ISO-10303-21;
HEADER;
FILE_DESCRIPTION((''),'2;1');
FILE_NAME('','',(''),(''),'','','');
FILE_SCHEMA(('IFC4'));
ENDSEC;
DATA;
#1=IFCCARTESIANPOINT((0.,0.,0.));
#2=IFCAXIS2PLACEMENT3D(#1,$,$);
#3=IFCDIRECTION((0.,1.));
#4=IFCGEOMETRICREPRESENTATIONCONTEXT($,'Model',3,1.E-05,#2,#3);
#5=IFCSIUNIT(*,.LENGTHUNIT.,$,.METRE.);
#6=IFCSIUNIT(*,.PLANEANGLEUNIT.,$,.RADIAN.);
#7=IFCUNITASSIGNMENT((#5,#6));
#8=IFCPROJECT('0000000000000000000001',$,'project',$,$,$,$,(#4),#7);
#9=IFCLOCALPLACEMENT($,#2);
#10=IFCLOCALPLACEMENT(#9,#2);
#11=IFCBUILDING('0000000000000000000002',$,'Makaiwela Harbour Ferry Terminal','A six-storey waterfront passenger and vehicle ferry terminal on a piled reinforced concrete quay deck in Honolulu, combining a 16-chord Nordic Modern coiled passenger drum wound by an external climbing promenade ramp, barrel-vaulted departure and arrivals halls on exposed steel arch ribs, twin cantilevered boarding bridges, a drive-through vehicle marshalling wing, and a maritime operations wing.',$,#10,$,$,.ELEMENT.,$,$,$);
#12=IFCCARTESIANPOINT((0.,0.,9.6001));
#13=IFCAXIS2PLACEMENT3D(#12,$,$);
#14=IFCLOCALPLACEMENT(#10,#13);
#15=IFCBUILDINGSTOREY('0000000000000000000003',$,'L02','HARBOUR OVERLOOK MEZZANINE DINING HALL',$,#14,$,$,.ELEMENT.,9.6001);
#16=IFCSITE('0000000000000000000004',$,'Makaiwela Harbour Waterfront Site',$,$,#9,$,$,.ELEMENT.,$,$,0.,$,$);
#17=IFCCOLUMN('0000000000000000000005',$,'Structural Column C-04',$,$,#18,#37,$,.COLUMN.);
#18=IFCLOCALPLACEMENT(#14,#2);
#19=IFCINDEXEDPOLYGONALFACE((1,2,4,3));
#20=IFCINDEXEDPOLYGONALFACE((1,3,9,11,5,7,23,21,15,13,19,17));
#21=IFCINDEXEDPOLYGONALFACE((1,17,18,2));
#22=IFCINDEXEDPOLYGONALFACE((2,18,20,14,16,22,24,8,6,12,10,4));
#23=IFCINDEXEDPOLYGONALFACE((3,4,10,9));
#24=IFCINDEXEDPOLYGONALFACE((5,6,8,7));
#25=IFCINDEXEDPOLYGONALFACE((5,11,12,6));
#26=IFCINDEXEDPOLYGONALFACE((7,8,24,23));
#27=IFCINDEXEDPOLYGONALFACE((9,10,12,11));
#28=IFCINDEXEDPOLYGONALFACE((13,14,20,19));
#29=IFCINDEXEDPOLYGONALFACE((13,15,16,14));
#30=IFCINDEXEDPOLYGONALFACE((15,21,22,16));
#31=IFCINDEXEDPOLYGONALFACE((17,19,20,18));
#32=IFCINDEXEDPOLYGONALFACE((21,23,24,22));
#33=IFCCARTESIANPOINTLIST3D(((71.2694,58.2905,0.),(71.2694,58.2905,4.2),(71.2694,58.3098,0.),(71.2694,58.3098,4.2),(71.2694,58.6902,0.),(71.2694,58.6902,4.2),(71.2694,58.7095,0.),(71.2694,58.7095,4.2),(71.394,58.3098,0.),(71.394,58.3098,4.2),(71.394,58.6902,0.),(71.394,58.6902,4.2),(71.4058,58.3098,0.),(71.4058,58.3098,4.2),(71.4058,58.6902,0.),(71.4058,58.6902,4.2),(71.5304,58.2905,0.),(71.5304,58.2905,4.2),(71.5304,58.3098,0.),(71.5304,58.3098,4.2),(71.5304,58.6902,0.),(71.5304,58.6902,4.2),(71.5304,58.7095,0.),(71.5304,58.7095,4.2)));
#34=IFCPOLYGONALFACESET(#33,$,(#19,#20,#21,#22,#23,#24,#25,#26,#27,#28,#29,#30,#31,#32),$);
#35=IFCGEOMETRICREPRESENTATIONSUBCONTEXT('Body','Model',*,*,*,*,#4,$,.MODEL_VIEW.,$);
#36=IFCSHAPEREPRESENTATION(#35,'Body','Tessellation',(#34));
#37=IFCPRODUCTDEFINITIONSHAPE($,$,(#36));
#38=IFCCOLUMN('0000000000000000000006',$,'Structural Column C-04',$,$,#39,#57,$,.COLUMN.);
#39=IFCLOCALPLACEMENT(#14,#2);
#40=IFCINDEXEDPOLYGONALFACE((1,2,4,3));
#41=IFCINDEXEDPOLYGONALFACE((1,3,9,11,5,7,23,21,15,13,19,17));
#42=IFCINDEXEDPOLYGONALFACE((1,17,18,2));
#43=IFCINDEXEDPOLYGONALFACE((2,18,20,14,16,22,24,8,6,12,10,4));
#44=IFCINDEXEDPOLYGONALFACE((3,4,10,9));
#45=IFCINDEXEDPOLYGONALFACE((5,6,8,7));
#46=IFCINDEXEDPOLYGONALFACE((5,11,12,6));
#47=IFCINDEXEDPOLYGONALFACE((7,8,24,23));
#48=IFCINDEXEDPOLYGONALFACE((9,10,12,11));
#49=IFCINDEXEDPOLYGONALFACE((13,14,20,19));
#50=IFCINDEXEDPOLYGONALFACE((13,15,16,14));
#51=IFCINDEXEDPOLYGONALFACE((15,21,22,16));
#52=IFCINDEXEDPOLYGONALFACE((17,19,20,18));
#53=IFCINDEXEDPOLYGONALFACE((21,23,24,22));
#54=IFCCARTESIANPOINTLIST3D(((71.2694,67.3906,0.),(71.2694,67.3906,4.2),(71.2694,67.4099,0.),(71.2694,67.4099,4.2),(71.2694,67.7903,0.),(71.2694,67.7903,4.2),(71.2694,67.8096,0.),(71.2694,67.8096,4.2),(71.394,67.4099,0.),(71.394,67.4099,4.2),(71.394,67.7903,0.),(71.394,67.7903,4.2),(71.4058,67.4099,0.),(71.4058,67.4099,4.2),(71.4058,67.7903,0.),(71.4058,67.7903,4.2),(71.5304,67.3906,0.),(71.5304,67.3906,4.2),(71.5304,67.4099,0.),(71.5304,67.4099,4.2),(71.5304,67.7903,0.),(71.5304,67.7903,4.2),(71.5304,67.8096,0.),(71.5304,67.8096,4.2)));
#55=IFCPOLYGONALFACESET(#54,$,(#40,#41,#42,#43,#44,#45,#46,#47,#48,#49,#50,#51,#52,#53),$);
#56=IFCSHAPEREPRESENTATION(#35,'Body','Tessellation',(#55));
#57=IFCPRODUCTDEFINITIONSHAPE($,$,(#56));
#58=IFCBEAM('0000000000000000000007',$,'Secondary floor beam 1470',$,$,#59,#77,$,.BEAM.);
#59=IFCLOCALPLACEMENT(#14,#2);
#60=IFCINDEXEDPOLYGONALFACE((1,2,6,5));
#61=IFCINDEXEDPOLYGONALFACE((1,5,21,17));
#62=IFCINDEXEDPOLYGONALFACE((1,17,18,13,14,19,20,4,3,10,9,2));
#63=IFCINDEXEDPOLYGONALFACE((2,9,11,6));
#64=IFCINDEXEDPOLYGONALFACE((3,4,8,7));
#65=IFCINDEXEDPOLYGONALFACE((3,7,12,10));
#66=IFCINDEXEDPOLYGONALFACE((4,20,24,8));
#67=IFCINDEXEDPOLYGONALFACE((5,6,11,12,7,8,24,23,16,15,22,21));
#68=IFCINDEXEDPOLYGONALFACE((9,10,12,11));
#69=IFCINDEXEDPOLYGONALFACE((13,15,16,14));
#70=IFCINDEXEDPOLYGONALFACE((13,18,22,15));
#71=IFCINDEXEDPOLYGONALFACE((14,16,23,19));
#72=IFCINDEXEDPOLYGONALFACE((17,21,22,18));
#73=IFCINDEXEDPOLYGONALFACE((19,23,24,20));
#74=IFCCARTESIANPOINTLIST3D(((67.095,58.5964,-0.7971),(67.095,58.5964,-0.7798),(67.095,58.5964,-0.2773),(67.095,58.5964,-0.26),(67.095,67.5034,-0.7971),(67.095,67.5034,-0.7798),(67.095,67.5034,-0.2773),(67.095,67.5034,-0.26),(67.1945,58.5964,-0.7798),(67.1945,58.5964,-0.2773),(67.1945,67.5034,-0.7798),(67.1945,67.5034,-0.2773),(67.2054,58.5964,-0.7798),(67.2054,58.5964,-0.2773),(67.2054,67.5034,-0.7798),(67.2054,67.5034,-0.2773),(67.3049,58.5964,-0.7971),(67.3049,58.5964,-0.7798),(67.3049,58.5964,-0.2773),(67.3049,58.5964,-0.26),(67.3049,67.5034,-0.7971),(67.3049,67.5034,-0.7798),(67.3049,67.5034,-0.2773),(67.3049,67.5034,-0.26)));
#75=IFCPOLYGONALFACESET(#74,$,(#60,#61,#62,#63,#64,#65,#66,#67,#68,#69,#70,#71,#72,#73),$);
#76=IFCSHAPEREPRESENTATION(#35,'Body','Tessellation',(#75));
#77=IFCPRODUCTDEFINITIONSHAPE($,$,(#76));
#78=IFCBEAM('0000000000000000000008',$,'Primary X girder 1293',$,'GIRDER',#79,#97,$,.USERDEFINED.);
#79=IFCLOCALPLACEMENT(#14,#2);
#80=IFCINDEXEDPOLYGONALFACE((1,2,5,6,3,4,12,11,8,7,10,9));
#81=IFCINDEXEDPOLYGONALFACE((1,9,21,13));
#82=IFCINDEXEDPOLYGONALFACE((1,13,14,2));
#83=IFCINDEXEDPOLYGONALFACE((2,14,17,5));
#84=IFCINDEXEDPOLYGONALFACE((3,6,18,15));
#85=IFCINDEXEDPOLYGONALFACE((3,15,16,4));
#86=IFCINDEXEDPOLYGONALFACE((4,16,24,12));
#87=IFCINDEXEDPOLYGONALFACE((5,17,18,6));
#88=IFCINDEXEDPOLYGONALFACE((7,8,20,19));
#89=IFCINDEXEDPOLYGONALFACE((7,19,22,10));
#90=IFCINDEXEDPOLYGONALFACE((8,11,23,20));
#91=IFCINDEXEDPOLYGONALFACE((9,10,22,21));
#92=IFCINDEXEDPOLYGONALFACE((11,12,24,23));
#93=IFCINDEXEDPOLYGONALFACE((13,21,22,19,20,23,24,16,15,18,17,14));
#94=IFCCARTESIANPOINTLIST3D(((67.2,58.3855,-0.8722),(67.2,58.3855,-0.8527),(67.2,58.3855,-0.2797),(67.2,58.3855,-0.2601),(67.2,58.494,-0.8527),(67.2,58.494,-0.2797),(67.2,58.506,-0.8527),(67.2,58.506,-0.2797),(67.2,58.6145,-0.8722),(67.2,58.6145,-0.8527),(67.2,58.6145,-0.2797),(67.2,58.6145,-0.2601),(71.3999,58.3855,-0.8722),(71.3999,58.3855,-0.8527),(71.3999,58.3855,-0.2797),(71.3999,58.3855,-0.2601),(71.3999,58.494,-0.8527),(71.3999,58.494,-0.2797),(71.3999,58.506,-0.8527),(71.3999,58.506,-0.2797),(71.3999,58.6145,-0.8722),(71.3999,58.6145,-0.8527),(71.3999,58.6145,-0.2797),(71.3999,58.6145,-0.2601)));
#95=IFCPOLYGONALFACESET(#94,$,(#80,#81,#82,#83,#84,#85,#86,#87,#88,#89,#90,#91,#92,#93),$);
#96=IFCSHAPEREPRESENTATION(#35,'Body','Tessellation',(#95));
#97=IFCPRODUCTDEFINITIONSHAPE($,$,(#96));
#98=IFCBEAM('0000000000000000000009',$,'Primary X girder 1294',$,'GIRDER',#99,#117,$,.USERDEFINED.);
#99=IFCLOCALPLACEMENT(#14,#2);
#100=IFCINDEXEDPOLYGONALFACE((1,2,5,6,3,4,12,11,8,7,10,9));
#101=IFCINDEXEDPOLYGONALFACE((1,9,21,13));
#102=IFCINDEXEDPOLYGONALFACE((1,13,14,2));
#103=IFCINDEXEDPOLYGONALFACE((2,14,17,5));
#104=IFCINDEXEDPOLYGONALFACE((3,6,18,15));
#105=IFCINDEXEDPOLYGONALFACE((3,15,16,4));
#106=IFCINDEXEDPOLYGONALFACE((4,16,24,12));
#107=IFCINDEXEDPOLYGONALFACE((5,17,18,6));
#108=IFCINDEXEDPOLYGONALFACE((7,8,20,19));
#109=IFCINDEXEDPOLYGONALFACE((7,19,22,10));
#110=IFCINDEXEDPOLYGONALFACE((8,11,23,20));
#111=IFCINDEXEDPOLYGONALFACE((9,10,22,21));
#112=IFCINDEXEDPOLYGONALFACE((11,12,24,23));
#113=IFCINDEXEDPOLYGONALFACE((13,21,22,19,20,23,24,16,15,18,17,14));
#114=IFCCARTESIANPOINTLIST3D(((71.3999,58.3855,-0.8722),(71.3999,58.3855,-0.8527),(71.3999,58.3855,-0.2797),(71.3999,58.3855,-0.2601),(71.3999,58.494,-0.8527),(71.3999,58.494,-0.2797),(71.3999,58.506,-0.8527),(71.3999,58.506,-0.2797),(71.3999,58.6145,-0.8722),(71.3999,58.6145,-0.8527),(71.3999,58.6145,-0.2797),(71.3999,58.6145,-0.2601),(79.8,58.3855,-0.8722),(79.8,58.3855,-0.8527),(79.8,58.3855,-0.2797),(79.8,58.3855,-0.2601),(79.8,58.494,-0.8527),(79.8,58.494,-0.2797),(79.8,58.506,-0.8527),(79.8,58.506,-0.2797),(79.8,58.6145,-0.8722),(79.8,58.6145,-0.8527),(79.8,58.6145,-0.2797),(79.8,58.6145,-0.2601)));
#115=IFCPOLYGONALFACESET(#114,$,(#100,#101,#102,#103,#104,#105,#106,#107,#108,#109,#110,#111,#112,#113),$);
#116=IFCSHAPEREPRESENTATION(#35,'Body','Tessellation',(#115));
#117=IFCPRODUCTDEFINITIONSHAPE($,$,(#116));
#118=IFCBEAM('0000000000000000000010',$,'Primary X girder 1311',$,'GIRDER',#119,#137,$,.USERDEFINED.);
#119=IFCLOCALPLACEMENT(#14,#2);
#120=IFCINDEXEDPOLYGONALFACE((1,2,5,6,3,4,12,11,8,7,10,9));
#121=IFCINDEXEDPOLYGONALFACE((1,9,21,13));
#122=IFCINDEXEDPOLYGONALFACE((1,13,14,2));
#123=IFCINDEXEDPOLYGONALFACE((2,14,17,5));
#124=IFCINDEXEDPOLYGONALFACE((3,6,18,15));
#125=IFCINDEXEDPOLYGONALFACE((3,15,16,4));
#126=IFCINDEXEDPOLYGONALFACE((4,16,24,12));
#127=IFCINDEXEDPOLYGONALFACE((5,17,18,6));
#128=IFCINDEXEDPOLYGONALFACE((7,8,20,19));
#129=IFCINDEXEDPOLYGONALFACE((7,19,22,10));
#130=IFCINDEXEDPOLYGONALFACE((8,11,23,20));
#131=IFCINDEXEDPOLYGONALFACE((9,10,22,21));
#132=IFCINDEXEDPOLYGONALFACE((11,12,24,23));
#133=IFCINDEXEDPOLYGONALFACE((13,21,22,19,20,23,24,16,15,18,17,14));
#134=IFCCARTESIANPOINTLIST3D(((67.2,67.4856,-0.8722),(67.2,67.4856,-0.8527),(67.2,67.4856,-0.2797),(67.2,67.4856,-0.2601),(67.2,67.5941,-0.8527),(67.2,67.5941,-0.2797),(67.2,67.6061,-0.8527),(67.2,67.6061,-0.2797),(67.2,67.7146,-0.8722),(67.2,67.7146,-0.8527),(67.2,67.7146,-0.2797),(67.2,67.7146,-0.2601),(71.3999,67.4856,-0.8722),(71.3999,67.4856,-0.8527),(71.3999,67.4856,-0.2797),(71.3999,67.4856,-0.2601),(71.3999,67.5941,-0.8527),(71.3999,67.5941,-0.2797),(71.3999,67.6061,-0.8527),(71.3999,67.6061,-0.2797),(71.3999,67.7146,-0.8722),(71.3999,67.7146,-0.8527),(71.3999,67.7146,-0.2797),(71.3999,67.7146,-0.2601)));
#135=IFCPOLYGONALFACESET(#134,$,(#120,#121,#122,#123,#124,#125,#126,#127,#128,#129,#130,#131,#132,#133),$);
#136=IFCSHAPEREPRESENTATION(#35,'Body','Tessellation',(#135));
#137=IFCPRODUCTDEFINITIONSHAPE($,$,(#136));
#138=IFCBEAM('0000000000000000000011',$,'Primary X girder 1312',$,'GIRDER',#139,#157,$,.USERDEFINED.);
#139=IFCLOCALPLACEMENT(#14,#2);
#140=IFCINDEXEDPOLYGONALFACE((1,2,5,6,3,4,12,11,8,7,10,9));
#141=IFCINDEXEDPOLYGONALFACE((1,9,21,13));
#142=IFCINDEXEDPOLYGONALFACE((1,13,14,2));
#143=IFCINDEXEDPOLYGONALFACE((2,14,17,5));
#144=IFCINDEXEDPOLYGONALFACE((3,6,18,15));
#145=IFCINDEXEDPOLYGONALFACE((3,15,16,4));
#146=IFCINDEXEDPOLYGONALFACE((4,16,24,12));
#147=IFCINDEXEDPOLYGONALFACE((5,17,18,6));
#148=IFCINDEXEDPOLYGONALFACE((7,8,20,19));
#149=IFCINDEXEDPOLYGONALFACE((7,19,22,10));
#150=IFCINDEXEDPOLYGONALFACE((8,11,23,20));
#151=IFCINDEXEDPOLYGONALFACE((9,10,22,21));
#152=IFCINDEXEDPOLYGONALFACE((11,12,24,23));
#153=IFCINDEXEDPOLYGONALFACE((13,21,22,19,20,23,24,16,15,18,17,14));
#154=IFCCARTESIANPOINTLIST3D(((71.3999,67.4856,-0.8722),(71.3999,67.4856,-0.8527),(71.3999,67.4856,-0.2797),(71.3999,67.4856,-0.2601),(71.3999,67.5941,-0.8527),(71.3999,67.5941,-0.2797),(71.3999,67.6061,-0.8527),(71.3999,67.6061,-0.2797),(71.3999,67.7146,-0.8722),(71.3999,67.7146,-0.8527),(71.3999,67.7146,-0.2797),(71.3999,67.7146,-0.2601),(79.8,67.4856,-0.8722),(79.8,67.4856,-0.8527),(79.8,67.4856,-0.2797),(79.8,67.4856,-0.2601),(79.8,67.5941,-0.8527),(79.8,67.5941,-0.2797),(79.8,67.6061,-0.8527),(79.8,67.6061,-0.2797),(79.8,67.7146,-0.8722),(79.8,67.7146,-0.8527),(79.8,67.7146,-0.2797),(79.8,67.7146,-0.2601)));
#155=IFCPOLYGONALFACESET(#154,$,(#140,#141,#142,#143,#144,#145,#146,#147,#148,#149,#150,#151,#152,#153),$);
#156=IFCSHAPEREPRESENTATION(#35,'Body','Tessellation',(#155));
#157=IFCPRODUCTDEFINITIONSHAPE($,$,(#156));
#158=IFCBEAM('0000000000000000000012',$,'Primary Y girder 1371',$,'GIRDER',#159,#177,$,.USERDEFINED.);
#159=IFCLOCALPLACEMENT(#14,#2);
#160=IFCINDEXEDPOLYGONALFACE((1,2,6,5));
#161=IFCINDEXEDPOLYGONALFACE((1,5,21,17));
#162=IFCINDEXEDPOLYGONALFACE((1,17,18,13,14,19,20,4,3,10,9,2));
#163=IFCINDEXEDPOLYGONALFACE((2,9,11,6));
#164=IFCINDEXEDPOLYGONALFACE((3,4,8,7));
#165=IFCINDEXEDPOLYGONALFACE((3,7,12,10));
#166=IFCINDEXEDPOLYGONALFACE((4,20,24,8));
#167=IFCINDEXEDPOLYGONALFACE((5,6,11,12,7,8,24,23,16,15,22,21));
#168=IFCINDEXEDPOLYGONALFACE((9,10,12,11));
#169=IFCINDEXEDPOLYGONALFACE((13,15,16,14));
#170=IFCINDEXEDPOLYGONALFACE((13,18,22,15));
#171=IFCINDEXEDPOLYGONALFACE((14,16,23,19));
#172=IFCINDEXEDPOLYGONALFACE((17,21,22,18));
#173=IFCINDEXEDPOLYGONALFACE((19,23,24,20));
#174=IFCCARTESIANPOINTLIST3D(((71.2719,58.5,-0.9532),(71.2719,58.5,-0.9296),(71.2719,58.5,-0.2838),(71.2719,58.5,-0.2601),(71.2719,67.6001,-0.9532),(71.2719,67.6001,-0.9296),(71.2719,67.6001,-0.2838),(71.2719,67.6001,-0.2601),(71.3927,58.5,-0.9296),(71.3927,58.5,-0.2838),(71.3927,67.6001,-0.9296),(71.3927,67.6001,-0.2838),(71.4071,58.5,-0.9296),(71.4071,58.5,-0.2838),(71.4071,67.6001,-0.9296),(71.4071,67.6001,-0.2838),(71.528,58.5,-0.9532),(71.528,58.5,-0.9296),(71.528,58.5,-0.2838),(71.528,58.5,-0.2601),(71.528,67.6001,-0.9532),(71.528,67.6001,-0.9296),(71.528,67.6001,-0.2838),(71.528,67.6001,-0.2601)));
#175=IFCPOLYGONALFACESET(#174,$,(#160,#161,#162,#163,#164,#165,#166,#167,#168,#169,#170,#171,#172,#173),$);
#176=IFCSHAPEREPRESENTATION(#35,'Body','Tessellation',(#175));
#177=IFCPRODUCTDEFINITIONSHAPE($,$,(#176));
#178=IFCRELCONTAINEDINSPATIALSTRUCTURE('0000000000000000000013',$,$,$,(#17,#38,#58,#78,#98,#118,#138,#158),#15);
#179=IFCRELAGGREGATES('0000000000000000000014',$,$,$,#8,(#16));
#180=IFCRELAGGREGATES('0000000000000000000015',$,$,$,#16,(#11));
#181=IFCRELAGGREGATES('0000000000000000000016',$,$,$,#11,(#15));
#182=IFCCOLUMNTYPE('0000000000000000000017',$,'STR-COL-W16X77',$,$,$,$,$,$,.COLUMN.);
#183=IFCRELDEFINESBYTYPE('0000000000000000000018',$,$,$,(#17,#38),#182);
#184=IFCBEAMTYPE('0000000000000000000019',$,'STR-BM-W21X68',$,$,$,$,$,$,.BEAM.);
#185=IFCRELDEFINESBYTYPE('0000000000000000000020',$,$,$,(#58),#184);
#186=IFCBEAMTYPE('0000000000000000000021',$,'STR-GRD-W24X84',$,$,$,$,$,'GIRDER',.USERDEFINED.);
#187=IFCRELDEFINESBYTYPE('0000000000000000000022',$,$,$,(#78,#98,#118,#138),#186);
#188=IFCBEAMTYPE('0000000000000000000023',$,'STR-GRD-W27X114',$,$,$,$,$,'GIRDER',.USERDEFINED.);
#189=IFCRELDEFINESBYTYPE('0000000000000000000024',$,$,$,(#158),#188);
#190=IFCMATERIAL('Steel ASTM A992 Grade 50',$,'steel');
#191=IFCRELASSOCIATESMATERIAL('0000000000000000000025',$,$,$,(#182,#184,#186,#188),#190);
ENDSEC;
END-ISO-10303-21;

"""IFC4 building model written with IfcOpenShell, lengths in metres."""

from ifc_helpers import new_model, si_unit, direction, frame, origin, origin_2d, place, context, subcontext, project, spatial, i_section, extrude, material, material_profile, profile_set, type_object, element, save


model = new_model("IFC4")

# Units and contexts
model_context = context("Model", 3, precision=1e-05, world=origin(), true_north=direction((0.0, 1.0)))
body_context = subcontext(model_context, "Body", "Model", "MODEL_VIEW")
ifc_project = project(units=[si_unit("LENGTHUNIT", "METRE"), si_unit("PLANEANGLEUNIT", "RADIAN")], contexts=[model_context])

# Site, building, storey
site_placement = place(None, origin())
site = spatial("IfcSite", under=ifc_project, at=site_placement, Name="Makaiwela Harbour Waterfront Site", CompositionType="ELEMENT", RefElevation=0.0)
building_placement = place(site_placement, origin())
building = spatial("IfcBuilding", under=site, at=building_placement, Name="Makaiwela Harbour Ferry Terminal", Description="A six-storey waterfront passenger and vehicle ferry terminal on a piled reinforced concrete quay deck in Honolulu, combining a 16-chord Nordic Modern coiled passenger drum wound by an external climbing promenade ramp, barrel-vaulted departure and arrivals halls on exposed steel arch ribs, twin cantilevered boarding bridges, a drive-through vehicle marshalling wing, and a maritime operations wing.", CompositionType="ELEMENT")
storey_placement = place(building_placement, frame((0.0, 0.0, 9.6001)))
storey = spatial("IfcBuildingStorey", under=building, at=storey_placement, Name="L02", Description="HARBOUR OVERLOOK MEZZANINE DINING HALL", CompositionType="ELEMENT", Elevation=9.6001)

# Columns
ifc_material_1 = material(Name="Steel ASTM A992 Grade 50", Category="steel")
ifc_material_profile_1 = material_profile(ifc_material_1, i_section(OverallWidth=0.261, OverallDepth=0.4189, WebThickness=0.0117, FlangeThickness=0.0193, at=origin_2d()), Name="W16X77")
ifc_profile_set_1 = profile_set([ifc_material_profile_1], Name="Steel ASTM A992 Grade 50")
column_type = type_object("IfcColumnType", Name="STR-COL-W16X77", PredefinedType="COLUMN", material=ifc_profile_set_1)
for number, where, z_axis, x_axis, name in (
    (1, (71.3999, 58.5, 0.0), (0.0, 0.0, 1.0), (1.0, 0.0, 0.0), "Structural Column C-04"),
    (2, (71.3999, 67.6001, 0.0), (0.0, 0.0, 1.0), (1.0, 0.0, 0.0), "Structural Column C-04"),
):
    element("IfcColumn", number, at=place(storey_placement, frame(where, z_axis=z_axis, x_axis=x_axis)), inside=storey, type_object=column_type, Name=name, PredefinedType="COLUMN", context=body_context, shape_type="SweptSolid", body=[
        extrude(i_section(OverallWidth=0.261, OverallDepth=0.4189, WebThickness=0.0117, FlangeThickness=0.0193, at=origin_2d()), origin(), (0.0, 0.0, 1.0), 4.2),
    ])

# Beams
ifc_material_profile_2 = material_profile(ifc_material_1, i_section(OverallWidth=0.21, OverallDepth=0.5371, WebThickness=0.011, FlangeThickness=0.0173, at=origin_2d()), Name="W21X68")
ifc_profile_set_2 = profile_set([ifc_material_profile_2], Name="Steel ASTM A992 Grade 50")
beam_type_1 = type_object("IfcBeamType", Name="STR-BM-W21X68", PredefinedType="BEAM", material=ifc_profile_set_2)
beam_1_placement = place(storey_placement, frame((67.2, 58.5964, -0.5286), z_axis=(0.0, 1.0, 0.0), x_axis=(-1.0, 0.0, 0.0)))
element("IfcBeam", 3, at=beam_1_placement, inside=storey, type_object=beam_type_1, Name="Secondary floor beam 1470", PredefinedType="BEAM", context=body_context, shape_type="SweptSolid", body=[
    extrude(i_section(OverallWidth=0.21, OverallDepth=0.5371, WebThickness=0.011, FlangeThickness=0.0173, at=origin_2d()), origin(), (0.0, 0.0, 1.0), 8.907),
])
ifc_material_profile_3 = material_profile(ifc_material_1, i_section(OverallWidth=0.229, OverallDepth=0.6121, WebThickness=0.012, FlangeThickness=0.0195, at=origin_2d()), Name="W24X84")
ifc_profile_set_3 = profile_set([ifc_material_profile_3], Name="Steel ASTM A992 Grade 50")
beam_type_2 = type_object("IfcBeamType", Name="STR-GRD-W24X84", ElementType="GIRDER", PredefinedType="USERDEFINED", material=ifc_profile_set_3)
beam_2_placement = place(storey_placement, frame((67.2, 58.5, -0.5662), z_axis=(1.0, 0.0, 0.0), x_axis=(0.0, 1.0, 0.0)))
element("IfcBeam", 4, at=beam_2_placement, inside=storey, type_object=beam_type_2, Name="Primary X girder 1293", ObjectType="GIRDER", PredefinedType="USERDEFINED", context=body_context, shape_type="SweptSolid", body=[
    extrude(i_section(OverallWidth=0.229, OverallDepth=0.6121, WebThickness=0.012, FlangeThickness=0.0195, at=origin_2d()), origin(), (0.0, 0.0, 1.0), 4.2),
])
beam_3_placement = place(storey_placement, frame((71.3999, 58.5, -0.5662), z_axis=(1.0, 0.0, 0.0), x_axis=(0.0, 1.0, 0.0)))
element("IfcBeam", 5, at=beam_3_placement, inside=storey, type_object=beam_type_2, Name="Primary X girder 1294", ObjectType="GIRDER", PredefinedType="USERDEFINED", context=body_context, shape_type="SweptSolid", body=[
    extrude(i_section(OverallWidth=0.229, OverallDepth=0.6121, WebThickness=0.012, FlangeThickness=0.0195, at=origin_2d()), origin(), (0.0, 0.0, 1.0), 8.4001),
])
beam_4_placement = place(storey_placement, frame((67.2, 67.6001, -0.5662), z_axis=(1.0, 0.0, 0.0), x_axis=(0.0, 1.0, 0.0)))
element("IfcBeam", 6, at=beam_4_placement, inside=storey, type_object=beam_type_2, Name="Primary X girder 1311", ObjectType="GIRDER", PredefinedType="USERDEFINED", context=body_context, shape_type="SweptSolid", body=[
    extrude(i_section(OverallWidth=0.229, OverallDepth=0.6121, WebThickness=0.012, FlangeThickness=0.0195, at=origin_2d()), origin(), (0.0, 0.0, 1.0), 4.2),
])
beam_5_placement = place(storey_placement, frame((71.3999, 67.6001, -0.5662), z_axis=(1.0, 0.0, 0.0), x_axis=(0.0, 1.0, 0.0)))
element("IfcBeam", 7, at=beam_5_placement, inside=storey, type_object=beam_type_2, Name="Primary X girder 1312", ObjectType="GIRDER", PredefinedType="USERDEFINED", context=body_context, shape_type="SweptSolid", body=[
    extrude(i_section(OverallWidth=0.229, OverallDepth=0.6121, WebThickness=0.012, FlangeThickness=0.0195, at=origin_2d()), origin(), (0.0, 0.0, 1.0), 8.4001),
])
ifc_material_profile_4 = material_profile(ifc_material_1, i_section(OverallWidth=0.2561, OverallDepth=0.6931, WebThickness=0.0144, FlangeThickness=0.0237, at=origin_2d()), Name="W27X114")
ifc_profile_set_4 = profile_set([ifc_material_profile_4], Name="Steel ASTM A992 Grade 50")
beam_type_3 = type_object("IfcBeamType", Name="STR-GRD-W27X114", ElementType="GIRDER", PredefinedType="USERDEFINED", material=ifc_profile_set_4)
beam_6_placement = place(storey_placement, frame((71.3999, 58.5, -0.6067), z_axis=(0.0, 1.0, 0.0), x_axis=(-1.0, 0.0, 0.0)))
element("IfcBeam", 8, at=beam_6_placement, inside=storey, type_object=beam_type_3, Name="Primary Y girder 1371", ObjectType="GIRDER", PredefinedType="USERDEFINED", context=body_context, shape_type="SweptSolid", body=[
    extrude(i_section(OverallWidth=0.2561, OverallDepth=0.6931, WebThickness=0.0144, FlangeThickness=0.0237, at=origin_2d()), origin(), (0.0, 0.0, 1.0), 9.1001),
])

save(model, "model.ifc")
